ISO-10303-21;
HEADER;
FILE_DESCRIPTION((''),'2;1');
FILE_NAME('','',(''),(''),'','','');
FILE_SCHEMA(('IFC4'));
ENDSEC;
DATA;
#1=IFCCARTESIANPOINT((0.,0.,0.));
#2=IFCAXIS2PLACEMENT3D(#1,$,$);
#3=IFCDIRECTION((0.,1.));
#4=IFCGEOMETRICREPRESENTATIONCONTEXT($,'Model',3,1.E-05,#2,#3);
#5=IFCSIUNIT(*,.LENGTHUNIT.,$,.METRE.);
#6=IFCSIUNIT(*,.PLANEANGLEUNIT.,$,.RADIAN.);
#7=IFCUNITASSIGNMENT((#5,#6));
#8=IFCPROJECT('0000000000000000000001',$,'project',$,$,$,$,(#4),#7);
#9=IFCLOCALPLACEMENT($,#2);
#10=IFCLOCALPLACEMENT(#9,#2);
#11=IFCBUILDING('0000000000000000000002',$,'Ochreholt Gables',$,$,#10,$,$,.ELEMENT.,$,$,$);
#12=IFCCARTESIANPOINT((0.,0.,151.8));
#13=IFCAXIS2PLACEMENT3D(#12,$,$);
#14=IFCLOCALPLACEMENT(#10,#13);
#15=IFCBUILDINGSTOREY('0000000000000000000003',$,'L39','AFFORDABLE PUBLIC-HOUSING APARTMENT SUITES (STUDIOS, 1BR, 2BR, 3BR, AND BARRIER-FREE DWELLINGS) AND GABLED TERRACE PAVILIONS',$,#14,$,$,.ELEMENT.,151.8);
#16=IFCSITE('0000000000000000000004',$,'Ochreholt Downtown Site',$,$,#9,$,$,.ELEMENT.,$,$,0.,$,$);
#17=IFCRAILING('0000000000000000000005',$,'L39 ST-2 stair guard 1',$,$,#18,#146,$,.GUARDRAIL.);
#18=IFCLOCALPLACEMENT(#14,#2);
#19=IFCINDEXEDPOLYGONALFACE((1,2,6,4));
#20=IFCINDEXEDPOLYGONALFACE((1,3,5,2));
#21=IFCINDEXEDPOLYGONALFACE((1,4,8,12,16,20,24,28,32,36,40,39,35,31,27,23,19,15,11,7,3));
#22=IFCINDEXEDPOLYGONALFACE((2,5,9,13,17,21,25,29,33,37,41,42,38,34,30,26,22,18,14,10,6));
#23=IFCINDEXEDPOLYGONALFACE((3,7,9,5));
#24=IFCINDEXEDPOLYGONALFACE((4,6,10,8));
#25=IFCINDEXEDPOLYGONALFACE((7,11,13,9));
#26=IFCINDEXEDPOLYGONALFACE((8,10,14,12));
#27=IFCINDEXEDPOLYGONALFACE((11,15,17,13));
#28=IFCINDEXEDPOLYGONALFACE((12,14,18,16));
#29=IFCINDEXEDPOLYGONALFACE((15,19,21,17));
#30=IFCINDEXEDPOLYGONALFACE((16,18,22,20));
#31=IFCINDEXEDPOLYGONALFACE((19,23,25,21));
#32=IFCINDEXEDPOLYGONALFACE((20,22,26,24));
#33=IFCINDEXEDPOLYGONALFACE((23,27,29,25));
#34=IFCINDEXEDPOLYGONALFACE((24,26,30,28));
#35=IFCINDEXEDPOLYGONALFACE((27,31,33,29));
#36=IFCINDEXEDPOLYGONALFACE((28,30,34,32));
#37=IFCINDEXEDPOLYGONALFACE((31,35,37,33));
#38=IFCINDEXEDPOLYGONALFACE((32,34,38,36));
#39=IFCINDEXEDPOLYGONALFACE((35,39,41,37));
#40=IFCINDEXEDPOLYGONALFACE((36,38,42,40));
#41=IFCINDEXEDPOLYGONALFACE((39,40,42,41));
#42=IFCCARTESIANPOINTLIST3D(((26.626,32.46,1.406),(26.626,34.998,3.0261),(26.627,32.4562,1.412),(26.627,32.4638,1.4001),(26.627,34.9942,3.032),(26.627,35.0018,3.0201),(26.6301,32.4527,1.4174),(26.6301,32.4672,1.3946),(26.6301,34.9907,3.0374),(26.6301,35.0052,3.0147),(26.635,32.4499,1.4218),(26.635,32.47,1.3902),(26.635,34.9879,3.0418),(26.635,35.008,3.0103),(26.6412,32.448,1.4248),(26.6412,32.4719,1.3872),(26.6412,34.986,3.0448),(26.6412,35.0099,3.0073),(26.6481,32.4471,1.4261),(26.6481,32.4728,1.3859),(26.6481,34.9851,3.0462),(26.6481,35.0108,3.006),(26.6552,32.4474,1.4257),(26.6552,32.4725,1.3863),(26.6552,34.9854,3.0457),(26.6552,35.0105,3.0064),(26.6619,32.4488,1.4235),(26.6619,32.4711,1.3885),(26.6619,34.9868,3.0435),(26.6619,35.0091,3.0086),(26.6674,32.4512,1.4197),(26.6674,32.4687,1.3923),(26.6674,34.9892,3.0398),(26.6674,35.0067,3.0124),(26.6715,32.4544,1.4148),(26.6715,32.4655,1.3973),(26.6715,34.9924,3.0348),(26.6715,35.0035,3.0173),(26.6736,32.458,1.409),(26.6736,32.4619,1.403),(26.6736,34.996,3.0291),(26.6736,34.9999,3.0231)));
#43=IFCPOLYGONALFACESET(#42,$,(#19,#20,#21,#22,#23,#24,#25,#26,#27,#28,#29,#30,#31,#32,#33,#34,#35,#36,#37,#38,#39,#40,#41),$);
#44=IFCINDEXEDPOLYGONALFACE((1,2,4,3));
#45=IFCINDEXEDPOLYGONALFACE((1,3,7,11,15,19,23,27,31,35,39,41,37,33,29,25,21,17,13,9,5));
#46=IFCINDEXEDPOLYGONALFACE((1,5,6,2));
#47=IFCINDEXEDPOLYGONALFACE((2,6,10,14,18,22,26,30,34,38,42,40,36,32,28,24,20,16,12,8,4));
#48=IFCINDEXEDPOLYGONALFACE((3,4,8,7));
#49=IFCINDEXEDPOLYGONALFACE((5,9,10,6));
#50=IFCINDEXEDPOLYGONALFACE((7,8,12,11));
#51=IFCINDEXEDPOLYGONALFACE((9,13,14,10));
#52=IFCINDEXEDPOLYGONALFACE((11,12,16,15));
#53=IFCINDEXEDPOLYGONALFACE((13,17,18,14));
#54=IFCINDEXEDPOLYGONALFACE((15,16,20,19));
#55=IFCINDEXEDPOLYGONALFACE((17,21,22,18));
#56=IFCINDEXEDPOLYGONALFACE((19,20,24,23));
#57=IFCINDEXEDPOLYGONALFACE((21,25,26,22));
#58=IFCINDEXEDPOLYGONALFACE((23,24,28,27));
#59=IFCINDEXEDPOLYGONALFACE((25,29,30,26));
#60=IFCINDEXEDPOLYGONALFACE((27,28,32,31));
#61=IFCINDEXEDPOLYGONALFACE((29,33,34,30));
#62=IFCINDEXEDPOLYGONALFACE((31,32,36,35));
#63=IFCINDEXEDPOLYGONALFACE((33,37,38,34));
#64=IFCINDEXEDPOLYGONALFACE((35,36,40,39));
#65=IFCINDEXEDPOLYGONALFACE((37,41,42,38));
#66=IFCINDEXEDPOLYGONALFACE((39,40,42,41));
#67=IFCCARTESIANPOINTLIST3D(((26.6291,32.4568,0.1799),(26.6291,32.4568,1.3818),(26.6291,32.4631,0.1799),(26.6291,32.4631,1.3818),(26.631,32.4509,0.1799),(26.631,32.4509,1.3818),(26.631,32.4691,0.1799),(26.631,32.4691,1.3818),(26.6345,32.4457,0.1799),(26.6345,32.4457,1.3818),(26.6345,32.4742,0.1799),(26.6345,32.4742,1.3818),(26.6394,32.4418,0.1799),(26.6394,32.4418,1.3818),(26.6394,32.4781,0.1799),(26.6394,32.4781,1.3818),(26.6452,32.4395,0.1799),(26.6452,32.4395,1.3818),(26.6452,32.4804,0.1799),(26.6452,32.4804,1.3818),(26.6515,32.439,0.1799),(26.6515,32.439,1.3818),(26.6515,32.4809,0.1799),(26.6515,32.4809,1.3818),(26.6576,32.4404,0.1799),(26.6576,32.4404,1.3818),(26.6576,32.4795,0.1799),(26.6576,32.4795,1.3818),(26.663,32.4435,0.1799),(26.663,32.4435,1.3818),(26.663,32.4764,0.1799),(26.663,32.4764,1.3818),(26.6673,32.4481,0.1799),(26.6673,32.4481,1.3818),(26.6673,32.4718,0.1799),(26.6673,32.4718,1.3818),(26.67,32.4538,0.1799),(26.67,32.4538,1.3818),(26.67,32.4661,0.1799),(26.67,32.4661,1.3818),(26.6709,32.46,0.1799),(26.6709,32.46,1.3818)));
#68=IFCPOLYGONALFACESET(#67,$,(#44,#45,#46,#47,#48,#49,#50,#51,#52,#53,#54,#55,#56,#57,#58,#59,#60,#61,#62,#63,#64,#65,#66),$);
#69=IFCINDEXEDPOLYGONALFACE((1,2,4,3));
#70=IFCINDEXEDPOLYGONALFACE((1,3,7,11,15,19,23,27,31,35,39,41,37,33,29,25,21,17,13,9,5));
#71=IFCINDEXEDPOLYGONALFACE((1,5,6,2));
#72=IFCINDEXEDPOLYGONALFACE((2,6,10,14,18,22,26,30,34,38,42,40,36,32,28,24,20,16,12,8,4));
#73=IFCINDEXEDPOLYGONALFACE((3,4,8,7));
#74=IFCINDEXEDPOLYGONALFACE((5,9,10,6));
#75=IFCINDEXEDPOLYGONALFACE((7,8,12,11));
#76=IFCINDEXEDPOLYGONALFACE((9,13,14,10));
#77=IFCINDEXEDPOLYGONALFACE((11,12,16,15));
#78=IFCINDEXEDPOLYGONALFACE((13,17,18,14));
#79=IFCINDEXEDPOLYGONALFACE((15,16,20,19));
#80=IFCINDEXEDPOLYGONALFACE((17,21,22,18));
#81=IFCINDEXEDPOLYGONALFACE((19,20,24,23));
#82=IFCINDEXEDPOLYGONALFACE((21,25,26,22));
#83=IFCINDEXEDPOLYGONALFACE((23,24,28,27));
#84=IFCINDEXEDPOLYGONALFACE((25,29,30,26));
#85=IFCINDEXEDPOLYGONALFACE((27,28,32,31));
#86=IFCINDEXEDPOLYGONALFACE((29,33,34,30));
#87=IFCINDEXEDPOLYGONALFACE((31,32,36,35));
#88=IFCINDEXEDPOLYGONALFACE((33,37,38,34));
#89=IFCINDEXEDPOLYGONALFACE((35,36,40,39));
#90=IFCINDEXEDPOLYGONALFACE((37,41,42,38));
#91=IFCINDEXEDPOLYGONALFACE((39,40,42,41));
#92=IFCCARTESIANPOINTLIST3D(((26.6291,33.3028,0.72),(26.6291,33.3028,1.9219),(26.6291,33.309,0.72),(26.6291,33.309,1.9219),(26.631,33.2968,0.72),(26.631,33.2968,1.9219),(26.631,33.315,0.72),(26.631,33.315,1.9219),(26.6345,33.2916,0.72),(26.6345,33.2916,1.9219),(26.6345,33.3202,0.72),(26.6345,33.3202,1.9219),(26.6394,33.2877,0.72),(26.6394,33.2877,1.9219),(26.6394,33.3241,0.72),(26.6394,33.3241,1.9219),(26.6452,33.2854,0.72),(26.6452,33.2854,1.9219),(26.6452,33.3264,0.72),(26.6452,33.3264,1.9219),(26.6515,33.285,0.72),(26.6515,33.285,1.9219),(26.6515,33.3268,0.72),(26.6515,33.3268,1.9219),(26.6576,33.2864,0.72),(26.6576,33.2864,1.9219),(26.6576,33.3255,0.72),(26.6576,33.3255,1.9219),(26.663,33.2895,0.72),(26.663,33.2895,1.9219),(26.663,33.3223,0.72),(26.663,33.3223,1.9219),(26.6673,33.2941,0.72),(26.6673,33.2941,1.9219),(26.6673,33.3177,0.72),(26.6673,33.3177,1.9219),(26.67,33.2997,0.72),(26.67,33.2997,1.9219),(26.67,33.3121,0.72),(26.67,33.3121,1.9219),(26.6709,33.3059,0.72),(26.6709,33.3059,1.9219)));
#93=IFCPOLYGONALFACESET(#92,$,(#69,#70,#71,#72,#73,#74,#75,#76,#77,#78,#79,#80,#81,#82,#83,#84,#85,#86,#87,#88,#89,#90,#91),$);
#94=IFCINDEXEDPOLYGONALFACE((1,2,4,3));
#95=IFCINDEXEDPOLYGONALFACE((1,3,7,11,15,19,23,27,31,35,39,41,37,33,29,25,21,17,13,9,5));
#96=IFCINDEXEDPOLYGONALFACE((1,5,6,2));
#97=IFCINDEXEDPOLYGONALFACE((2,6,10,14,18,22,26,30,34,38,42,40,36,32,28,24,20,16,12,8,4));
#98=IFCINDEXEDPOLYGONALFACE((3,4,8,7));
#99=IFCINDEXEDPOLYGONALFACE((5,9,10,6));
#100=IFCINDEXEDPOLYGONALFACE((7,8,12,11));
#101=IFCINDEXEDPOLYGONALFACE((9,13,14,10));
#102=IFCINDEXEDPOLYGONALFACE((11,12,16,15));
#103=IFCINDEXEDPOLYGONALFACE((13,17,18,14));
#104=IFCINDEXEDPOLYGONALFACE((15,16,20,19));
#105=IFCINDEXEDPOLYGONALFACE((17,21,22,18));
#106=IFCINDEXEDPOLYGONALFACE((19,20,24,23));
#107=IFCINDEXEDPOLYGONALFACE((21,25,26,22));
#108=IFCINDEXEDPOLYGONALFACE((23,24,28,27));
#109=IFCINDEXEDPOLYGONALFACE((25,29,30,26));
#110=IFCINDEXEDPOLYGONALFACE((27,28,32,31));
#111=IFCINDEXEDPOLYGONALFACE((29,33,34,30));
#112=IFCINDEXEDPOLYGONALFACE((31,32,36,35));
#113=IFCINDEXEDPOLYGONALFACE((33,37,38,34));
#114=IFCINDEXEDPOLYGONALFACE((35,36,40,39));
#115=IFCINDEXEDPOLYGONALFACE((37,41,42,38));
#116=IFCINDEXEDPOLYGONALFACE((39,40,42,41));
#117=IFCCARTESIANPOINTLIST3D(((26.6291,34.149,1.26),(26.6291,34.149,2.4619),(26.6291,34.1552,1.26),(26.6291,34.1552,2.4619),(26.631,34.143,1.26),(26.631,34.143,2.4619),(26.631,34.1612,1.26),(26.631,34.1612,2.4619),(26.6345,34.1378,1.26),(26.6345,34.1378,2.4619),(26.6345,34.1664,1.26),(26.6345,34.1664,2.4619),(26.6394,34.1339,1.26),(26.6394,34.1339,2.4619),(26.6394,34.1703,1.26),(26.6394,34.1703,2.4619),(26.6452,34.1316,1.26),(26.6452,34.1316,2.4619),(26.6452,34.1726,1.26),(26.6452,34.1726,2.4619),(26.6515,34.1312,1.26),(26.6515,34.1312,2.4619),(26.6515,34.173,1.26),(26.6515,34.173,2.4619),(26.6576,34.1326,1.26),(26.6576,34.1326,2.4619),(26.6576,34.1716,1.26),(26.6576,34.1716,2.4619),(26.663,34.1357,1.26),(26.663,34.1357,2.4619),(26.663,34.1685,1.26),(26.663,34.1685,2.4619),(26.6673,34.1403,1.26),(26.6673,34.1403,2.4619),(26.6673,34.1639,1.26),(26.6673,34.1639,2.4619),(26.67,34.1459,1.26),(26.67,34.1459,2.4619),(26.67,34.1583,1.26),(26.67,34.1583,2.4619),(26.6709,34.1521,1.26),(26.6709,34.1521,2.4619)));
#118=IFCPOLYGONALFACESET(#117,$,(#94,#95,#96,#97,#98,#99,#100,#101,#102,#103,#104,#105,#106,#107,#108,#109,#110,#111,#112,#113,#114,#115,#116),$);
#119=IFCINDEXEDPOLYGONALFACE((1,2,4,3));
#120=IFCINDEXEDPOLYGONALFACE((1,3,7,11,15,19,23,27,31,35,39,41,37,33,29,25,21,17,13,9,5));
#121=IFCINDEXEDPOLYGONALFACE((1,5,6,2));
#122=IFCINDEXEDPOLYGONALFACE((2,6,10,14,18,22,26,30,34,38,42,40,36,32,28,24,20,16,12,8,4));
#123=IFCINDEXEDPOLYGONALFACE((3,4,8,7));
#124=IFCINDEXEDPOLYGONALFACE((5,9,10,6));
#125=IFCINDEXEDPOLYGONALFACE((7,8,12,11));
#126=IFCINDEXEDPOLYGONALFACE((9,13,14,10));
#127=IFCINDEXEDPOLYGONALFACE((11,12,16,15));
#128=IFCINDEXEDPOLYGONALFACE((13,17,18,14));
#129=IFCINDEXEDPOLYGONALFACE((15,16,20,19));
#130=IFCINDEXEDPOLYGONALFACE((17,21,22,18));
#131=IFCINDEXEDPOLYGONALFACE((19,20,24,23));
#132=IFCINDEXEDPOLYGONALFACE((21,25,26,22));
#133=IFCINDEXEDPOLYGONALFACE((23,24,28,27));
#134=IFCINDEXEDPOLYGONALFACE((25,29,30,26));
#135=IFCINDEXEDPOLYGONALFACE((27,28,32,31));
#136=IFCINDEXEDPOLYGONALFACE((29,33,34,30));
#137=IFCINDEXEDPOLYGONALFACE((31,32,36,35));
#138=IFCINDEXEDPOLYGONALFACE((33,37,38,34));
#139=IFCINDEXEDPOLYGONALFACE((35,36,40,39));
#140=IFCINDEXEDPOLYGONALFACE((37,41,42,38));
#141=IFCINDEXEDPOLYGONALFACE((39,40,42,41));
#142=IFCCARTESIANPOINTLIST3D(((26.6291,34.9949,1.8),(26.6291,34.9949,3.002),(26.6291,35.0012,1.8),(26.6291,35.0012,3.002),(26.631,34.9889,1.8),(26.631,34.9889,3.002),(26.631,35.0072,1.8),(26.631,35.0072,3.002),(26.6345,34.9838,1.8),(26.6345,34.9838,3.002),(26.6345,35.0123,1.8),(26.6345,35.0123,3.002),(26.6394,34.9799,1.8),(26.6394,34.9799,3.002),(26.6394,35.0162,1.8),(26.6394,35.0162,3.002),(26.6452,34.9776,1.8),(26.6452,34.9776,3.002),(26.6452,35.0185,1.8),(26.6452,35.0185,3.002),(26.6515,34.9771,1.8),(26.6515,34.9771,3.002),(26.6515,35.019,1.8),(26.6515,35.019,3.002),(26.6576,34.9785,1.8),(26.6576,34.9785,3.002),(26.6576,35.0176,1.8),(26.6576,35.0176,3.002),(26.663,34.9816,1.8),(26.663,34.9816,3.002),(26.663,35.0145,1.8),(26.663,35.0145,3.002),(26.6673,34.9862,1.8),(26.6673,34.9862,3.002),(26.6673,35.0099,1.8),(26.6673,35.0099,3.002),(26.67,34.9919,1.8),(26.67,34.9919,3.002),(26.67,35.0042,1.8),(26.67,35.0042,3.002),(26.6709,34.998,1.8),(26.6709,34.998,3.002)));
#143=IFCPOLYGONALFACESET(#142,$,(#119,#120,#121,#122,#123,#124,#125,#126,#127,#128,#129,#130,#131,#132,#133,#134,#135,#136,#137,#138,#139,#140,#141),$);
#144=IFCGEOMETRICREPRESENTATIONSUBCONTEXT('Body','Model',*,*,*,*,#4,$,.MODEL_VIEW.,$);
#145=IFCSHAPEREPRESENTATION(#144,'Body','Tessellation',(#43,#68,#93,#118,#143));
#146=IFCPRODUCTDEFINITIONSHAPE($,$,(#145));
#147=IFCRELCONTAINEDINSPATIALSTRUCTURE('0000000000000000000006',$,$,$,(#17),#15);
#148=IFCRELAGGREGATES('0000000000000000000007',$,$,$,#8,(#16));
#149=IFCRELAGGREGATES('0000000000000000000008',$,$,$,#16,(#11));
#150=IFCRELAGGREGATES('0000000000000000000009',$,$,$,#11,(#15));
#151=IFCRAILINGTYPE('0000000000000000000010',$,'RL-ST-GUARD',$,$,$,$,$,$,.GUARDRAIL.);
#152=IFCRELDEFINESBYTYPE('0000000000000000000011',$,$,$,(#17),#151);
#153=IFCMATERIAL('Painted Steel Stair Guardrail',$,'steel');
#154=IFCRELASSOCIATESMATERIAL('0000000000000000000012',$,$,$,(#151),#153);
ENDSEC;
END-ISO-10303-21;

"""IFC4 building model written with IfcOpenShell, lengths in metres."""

from ifc_helpers import new_model, si_unit, direction, frame, origin, origin_2d, place, context, subcontext, project, spatial, circle, extrude, material, type_object, element, save


model = new_model("IFC4")

# Units and contexts
model_context = context("Model", 3, precision=1e-05, world=origin(), true_north=direction((0.0, 1.0)))
body_context = subcontext(model_context, "Body", "Model", "MODEL_VIEW")
ifc_project = project(units=[si_unit("LENGTHUNIT", "METRE"), si_unit("PLANEANGLEUNIT", "RADIAN")], contexts=[model_context])

# Site, building, storey
site_placement = place(None, origin())
site = spatial("IfcSite", under=ifc_project, at=site_placement, Name="Ochreholt Downtown Site", CompositionType="ELEMENT", RefElevation=0.0)
building_placement = place(site_placement, origin())
building = spatial("IfcBuilding", under=site, at=building_placement, Name="Ochreholt Gables", CompositionType="ELEMENT")
storey_placement = place(building_placement, frame((0.0, 0.0, 151.8)))
storey = spatial("IfcBuildingStorey", under=building, at=storey_placement, Name="L39", Description="AFFORDABLE PUBLIC-HOUSING APARTMENT SUITES (STUDIOS, 1BR, 2BR, 3BR, AND BARRIER-FREE DWELLINGS) AND GABLED TERRACE PAVILIONS", CompositionType="ELEMENT", Elevation=151.8)

# Railing
ifc_material_1 = material(Name="Painted Steel Stair Guardrail", Category="steel")
railing_type = type_object("IfcRailingType", Name="RL-ST-GUARD", PredefinedType="GUARDRAIL", material=ifc_material_1)
railing_1_placement = place(storey_placement, frame((26.6499, 32.46, 0.1799)))
element("IfcRailing", 1, at=railing_1_placement, inside=storey, type_object=railing_type, Name="L39 ST-2 stair guard 1", PredefinedType="GUARDRAIL", context=body_context, shape_type="SweptSolid", body=[
    extrude(circle(Radius=0.0239, at=origin_2d()), frame((0.0, 0.0, 1.2261), z_axis=(0.0, 0.842913, 0.53805), x_axis=(-1.0, 0.0, 0.0)), (0.0, 0.0, 1.0), 3.011),
    extrude(circle(Radius=0.021, at=origin_2d()), origin(), (0.0, 0.0, 1.0), 1.2019),
    extrude(circle(Radius=0.021, at=origin_2d()), frame((0.0, 0.8459, 0.54)), (0.0, 0.0, 1.0), 1.2019),
    extrude(circle(Radius=0.021, at=origin_2d()), frame((0.0, 1.6921, 1.0801)), (0.0, 0.0, 1.0), 1.2019),
    extrude(circle(Radius=0.021, at=origin_2d()), frame((0.0, 2.5381, 1.6201)), (0.0, 0.0, 1.0), 1.2019),
])

save(model, "model.ifc")
